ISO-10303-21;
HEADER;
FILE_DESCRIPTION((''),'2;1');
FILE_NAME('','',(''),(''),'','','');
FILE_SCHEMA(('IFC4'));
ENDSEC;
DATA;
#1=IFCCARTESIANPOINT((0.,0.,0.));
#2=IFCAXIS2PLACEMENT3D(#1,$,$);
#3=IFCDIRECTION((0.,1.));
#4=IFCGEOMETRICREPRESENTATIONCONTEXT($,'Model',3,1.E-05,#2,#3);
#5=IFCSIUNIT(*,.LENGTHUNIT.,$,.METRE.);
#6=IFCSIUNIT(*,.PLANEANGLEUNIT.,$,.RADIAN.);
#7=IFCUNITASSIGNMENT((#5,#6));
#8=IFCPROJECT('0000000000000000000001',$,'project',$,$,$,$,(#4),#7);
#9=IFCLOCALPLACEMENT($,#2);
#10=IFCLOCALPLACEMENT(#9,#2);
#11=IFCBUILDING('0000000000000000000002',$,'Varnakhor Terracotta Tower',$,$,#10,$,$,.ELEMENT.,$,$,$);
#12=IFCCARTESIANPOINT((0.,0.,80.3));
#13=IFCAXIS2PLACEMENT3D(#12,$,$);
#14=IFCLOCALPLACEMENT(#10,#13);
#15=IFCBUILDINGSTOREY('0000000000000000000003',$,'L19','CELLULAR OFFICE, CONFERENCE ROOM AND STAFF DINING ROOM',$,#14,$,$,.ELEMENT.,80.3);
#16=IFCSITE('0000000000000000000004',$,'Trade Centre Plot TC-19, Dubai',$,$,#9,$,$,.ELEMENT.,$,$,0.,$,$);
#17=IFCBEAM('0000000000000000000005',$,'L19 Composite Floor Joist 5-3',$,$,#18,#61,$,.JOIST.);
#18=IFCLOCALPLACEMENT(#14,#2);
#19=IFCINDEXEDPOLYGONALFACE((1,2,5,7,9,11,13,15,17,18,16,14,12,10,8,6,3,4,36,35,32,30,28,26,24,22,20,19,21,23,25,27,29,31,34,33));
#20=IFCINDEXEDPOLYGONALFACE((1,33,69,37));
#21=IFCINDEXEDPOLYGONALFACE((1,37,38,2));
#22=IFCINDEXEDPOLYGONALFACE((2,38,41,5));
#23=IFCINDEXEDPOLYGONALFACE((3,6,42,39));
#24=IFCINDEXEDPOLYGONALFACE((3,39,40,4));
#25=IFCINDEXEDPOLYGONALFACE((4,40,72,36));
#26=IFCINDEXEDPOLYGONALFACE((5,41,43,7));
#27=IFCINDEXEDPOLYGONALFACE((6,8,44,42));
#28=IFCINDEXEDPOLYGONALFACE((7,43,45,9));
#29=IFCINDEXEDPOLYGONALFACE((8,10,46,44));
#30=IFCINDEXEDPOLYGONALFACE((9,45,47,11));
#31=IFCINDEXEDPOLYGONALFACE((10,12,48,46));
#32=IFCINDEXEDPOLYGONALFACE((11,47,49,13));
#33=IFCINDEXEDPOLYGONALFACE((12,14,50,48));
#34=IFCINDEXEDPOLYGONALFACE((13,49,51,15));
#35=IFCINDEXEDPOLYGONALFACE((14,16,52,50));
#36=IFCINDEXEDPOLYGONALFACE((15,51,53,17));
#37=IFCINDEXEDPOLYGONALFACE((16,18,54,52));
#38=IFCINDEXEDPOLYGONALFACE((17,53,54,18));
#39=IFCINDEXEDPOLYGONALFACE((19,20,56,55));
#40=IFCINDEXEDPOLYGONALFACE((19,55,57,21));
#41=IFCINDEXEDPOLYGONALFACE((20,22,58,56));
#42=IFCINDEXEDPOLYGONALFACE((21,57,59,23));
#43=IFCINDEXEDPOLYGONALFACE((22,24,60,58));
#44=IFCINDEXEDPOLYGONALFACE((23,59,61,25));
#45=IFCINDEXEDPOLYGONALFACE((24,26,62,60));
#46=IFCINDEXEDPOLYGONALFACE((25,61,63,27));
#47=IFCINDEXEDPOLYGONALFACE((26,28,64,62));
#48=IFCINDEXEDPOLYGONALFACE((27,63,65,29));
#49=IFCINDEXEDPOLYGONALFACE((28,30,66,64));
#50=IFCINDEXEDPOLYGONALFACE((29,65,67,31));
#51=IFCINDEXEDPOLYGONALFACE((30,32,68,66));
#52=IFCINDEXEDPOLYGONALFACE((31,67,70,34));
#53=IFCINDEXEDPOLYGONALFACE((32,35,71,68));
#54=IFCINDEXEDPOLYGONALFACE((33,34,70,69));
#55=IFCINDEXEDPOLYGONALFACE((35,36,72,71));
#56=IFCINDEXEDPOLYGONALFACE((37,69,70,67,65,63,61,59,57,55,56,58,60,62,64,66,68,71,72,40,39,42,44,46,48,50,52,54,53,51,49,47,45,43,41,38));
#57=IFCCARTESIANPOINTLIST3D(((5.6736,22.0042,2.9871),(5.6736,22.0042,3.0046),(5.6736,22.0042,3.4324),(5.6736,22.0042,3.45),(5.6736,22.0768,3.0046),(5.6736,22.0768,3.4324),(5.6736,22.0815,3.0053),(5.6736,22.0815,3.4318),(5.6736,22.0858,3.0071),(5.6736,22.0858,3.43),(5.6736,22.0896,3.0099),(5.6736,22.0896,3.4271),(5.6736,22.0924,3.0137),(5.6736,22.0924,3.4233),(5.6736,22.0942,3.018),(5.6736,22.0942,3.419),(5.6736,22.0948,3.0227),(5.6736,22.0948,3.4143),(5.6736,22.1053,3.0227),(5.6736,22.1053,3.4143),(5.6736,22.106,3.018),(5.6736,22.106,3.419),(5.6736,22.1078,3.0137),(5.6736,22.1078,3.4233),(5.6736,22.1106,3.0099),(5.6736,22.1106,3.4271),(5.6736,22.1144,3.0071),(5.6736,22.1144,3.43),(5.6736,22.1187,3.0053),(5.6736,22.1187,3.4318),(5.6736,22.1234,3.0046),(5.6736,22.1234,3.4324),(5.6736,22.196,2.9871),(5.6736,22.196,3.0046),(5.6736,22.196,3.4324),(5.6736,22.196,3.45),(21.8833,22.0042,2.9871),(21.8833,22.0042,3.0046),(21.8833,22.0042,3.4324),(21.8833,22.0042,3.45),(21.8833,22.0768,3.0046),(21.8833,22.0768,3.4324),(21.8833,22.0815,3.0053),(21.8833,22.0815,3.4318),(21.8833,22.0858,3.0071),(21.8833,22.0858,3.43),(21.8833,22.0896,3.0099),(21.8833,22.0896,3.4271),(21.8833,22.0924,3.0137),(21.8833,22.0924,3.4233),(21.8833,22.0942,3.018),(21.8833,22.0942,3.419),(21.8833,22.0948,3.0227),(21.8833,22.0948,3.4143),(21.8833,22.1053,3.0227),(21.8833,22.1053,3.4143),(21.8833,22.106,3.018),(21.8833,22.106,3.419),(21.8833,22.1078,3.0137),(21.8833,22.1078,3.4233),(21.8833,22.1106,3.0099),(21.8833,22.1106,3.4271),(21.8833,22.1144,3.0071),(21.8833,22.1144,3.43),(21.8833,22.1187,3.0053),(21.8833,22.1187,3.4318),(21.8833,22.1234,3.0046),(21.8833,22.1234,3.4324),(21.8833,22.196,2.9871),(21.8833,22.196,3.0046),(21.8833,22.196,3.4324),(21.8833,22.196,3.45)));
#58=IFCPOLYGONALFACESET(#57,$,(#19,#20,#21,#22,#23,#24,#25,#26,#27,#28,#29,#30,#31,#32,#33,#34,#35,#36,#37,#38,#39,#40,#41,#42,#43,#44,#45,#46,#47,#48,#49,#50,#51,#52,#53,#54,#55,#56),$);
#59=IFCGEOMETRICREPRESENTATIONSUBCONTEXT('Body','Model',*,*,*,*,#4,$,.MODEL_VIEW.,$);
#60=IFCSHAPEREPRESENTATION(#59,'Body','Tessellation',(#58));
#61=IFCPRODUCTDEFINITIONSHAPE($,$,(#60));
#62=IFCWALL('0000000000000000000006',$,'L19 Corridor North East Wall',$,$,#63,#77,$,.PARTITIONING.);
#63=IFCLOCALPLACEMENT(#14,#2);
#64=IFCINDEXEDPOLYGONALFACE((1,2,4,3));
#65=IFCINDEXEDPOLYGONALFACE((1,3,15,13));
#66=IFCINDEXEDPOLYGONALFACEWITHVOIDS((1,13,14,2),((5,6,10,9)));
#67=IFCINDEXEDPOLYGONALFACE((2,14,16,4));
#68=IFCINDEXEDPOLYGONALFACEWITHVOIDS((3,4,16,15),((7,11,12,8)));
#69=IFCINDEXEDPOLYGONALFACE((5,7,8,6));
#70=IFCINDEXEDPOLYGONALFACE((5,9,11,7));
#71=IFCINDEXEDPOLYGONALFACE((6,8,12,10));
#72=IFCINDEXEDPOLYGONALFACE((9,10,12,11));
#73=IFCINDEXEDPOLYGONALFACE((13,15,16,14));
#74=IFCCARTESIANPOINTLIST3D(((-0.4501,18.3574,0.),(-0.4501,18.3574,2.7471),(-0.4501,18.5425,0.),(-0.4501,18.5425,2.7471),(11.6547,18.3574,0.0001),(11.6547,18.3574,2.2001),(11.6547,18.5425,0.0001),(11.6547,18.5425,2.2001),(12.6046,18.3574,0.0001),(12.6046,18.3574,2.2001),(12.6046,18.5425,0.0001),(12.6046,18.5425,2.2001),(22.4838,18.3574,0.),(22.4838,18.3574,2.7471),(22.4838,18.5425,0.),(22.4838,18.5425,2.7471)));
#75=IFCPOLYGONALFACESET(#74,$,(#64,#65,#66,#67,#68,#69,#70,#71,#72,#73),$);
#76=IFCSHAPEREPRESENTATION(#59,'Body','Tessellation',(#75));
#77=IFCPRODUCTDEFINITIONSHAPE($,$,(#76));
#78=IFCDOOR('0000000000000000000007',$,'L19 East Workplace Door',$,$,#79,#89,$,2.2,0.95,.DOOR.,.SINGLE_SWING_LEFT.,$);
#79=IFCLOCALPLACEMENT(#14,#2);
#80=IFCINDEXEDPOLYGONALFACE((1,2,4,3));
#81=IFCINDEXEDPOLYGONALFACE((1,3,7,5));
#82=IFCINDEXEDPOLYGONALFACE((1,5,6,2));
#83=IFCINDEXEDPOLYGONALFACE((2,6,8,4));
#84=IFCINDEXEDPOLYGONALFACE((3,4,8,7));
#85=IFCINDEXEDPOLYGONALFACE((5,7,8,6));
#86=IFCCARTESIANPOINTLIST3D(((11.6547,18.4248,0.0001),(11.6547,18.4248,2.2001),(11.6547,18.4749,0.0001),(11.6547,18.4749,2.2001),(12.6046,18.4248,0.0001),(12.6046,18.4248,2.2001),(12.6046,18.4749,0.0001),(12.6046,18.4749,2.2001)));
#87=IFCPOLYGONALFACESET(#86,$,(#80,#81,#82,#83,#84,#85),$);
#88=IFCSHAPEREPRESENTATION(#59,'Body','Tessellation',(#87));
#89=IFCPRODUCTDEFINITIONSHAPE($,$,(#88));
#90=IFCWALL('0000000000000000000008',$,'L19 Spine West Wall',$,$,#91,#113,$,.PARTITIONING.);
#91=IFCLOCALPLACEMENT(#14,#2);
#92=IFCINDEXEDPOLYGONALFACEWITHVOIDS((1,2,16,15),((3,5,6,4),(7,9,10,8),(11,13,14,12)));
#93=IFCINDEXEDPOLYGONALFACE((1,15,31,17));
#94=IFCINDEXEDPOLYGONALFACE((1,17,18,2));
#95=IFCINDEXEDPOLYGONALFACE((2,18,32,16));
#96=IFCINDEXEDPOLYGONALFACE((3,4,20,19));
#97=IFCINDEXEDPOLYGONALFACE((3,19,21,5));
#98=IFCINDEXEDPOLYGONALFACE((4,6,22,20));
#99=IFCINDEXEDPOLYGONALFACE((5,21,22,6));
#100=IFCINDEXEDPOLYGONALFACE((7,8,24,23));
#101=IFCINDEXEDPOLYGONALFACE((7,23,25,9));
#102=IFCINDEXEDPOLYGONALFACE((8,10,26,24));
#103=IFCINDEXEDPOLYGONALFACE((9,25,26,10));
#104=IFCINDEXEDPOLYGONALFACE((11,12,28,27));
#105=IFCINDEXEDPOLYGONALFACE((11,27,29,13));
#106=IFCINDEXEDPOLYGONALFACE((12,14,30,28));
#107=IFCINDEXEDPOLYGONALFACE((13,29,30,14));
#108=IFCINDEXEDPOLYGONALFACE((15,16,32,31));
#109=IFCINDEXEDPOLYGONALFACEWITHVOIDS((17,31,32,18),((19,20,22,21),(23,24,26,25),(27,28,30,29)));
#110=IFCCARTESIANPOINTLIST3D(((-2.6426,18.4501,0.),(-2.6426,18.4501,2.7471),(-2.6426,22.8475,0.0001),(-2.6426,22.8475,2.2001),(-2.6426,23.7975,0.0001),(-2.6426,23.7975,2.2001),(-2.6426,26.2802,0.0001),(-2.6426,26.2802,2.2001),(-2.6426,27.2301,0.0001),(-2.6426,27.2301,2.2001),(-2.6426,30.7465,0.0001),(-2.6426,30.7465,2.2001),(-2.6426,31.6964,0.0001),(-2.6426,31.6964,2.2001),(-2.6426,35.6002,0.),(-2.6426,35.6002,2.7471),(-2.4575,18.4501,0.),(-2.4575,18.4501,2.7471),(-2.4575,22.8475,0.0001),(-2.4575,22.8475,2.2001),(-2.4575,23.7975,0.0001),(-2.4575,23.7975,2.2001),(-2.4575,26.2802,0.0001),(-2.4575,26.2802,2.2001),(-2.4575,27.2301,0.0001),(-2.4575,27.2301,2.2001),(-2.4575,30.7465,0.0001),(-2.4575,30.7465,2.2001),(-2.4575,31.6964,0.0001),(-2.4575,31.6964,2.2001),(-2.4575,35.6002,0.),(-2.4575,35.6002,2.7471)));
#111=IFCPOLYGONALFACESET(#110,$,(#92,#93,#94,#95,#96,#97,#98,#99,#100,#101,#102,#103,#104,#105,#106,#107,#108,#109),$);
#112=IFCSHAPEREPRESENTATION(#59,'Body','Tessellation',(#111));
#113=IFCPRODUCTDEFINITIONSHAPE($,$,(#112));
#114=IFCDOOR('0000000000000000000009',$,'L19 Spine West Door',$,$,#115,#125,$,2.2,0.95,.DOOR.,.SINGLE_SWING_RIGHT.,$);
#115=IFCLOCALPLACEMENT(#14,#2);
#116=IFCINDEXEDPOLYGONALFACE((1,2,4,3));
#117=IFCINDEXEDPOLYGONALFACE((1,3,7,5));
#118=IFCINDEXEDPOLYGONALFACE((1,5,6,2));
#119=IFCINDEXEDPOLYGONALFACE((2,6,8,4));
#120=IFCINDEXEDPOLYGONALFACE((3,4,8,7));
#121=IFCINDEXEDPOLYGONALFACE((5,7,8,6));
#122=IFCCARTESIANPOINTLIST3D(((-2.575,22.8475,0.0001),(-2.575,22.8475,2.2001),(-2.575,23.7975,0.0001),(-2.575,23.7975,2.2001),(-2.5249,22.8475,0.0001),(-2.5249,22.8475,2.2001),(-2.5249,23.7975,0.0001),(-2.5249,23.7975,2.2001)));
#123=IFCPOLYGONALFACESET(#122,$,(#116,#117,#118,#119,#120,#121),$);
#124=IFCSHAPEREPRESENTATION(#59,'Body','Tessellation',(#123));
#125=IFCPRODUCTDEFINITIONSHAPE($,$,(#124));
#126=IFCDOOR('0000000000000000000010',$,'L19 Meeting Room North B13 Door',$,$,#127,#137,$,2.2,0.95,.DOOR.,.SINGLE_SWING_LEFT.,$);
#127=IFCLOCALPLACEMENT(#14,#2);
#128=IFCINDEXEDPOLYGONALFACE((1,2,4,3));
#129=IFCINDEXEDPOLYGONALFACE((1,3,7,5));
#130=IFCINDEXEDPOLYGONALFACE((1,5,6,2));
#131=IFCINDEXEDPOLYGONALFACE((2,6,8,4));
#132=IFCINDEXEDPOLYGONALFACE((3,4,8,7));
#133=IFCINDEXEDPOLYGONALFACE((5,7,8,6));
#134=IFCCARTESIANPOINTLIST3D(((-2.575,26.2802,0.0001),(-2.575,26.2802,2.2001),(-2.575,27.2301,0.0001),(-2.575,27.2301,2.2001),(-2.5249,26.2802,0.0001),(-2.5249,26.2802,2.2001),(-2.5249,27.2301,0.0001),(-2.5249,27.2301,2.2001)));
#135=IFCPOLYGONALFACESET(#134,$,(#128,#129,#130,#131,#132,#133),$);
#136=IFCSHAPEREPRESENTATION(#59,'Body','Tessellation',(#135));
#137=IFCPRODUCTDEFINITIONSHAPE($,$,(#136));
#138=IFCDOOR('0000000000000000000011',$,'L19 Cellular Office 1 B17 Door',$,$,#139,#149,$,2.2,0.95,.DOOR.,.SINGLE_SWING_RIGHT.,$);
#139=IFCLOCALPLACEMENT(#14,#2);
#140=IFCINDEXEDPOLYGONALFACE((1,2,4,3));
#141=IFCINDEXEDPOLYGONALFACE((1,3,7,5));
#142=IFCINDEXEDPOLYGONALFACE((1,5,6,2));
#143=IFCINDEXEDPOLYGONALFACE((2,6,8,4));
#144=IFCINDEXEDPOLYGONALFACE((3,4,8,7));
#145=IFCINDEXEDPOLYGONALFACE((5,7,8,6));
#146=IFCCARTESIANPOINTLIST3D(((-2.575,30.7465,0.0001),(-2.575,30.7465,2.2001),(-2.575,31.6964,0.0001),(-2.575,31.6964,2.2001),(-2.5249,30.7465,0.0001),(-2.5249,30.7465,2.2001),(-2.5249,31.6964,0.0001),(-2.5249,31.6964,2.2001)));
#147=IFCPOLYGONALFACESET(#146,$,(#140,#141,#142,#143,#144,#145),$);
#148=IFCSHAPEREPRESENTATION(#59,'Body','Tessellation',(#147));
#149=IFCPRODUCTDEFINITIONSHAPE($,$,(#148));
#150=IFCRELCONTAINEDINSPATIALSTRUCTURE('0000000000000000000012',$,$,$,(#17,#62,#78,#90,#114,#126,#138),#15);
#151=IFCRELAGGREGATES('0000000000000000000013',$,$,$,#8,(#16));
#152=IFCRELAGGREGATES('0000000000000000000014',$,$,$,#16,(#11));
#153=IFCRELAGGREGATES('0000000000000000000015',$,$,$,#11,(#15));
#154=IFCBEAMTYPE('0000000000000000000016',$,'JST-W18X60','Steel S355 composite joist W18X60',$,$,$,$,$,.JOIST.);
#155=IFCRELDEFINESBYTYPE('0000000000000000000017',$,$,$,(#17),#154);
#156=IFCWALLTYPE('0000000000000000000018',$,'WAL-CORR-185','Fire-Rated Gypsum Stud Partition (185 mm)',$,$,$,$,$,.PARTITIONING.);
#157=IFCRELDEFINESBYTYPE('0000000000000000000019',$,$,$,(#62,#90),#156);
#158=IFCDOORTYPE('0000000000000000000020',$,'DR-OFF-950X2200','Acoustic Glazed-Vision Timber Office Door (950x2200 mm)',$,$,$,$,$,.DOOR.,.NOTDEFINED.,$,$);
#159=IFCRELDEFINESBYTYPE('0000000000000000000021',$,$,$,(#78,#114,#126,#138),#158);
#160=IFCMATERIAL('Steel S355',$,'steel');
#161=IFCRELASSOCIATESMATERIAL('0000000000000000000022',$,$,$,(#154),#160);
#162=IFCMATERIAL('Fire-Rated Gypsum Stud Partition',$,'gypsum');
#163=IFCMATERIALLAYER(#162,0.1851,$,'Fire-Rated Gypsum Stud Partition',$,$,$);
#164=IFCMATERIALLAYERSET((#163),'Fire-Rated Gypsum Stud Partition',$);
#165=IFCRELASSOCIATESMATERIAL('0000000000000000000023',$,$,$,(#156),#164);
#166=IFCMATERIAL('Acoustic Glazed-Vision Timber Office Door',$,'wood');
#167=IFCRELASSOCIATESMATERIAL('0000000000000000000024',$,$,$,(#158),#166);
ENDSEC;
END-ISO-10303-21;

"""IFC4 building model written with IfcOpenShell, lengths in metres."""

from ifc_helpers import new_model, si_unit, direction, frame, frame_2d, origin, origin_2d, place, context, subcontext, project, spatial, rectangle, i_section, extrude, source, transform, mapped, material, layer, layer_set, material_profile, profile_set, type_object, type_shapes, element, fill, save


model = new_model("IFC4")

# Units and contexts
model_context = context("Model", 3, precision=1e-05, world=origin(), true_north=direction((0.0, 1.0)))
body_context = subcontext(model_context, "Body", "Model", "MODEL_VIEW")
ifc_project = project(units=[si_unit("LENGTHUNIT", "METRE"), si_unit("PLANEANGLEUNIT", "RADIAN")], contexts=[model_context])

# Site, building, storey
site_placement = place(None, origin())
site = spatial("IfcSite", under=ifc_project, at=site_placement, Name="Trade Centre Plot TC-19, Dubai", CompositionType="ELEMENT", RefElevation=0.0)
building_placement = place(site_placement, origin())
building = spatial("IfcBuilding", under=site, at=building_placement, Name="Varnakhor Terracotta Tower", CompositionType="ELEMENT")
storey_placement = place(building_placement, frame((0.0, 0.0, 80.3)))
storey = spatial("IfcBuildingStorey", under=building, at=storey_placement, Name="L19", Description="CELLULAR OFFICE, CONFERENCE ROOM AND STAFF DINING ROOM", CompositionType="ELEMENT", Elevation=80.3)

# Beam
ifc_material_1 = material(Name="Steel S355", Category="steel")
ifc_material_profile_1 = material_profile(ifc_material_1, i_section(OverallWidth=0.1919, OverallDepth=0.4629, WebThickness=0.0105, FlangeThickness=0.0176, FilletRadius=0.0181, at=origin_2d()), Name="W18X60")
ifc_profile_set_1 = profile_set([ifc_material_profile_1], Name="Steel S355")
beam_type_1 = type_object("IfcBeamType", Name="JST-W18X60", Description="Steel S355 composite joist W18X60", PredefinedType="JOIST", material=ifc_profile_set_1)
shared_shape_1 = source(origin(), body_context, "Body", "SweptSolid", [
    extrude(i_section(OverallWidth=0.1919, OverallDepth=0.4629, WebThickness=0.0105, FlangeThickness=0.0176, FilletRadius=0.0181, at=origin_2d()), origin(), (0.0, 0.0, 1.0), 16.2097),
])
beam_1_placement = place(storey_placement, frame((5.6736, 22.1001, 3.2185), z_axis=(1.0, 0.0, 0.0), x_axis=(0.0, 1.0, 0.0)))
element("IfcBeam", 1, at=beam_1_placement, inside=storey, type_object=beam_type_1, Name="L19 Composite Floor Joist 5-3", PredefinedType="JOIST", context=body_context, shape_type="MappedRepresentation", body=[
    mapped(shared_shape_1, transform((0.0, 0.0, 0.0), scale=1.0)),
])

# Wall, opening, door
ifc_material_2 = material(Name="Fire-Rated Gypsum Stud Partition", Category="gypsum")
ifc_layer_1 = layer(ifc_material_2, 0.1851, Name="Fire-Rated Gypsum Stud Partition")
ifc_layer_set_1 = layer_set([ifc_layer_1], Name="Fire-Rated Gypsum Stud Partition")
wall_type_1 = type_object("IfcWallType", Name="WAL-CORR-185", Description="Fire-Rated Gypsum Stud Partition (185 mm)", PredefinedType="PARTITIONING", material=ifc_layer_set_1)
wall_1_placement = place(storey_placement, frame((-0.45, 18.45, 0.0), z_axis=(0.0, 0.0, 1.0), x_axis=(1.0, 0.0, 0.0)))
wall_1 = element("IfcWall", 2, at=wall_1_placement, inside=storey, type_object=wall_type_1, Name="L19 Corridor North East Wall", PredefinedType="PARTITIONING", context=body_context, shape_type="SweptSolid", body=[
    extrude(rectangle(XDim=22.9338, YDim=0.1851, at=frame_2d((11.4668, 0.0))), origin(), (0.0, 0.0, 1.0), 2.7471),
])
opening_1_placement = place(wall_1_placement, frame((12.1045, 0.0, 0.0)))
opening_1 = element("IfcOpeningElement", 3, at=opening_1_placement, cuts=wall_1, PredefinedType="OPENING", context=body_context, shape_type="SweptSolid", body=[
    extrude(rectangle(XDim=0.95, YDim=2.2, at=frame_2d((0.4751, 1.1001))), frame((0.0, 0.1025, 0.0), z_axis=(0.0, -1.0, 0.0), x_axis=(1.0, 0.0, 0.0)), (0.0, 0.0, 1.0), 0.2051),
])
ifc_material_3 = material(Name="Acoustic Glazed-Vision Timber Office Door", Category="wood")
door_type_1 = type_object("IfcDoorType", Name="DR-OFF-950X2200", Description="Acoustic Glazed-Vision Timber Office Door (950x2200 mm)", OperationType="NOTDEFINED", PredefinedType="DOOR", material=ifc_material_3)
shared_shape_2 = source(origin(), body_context, "Body", "SweptSolid", [
    extrude(rectangle(XDim=0.95, YDim=2.2, at=frame_2d((0.4751, 1.1001))), frame((0.0, 0.0249, 0.0), z_axis=(0.0, -1.0, 0.0), x_axis=(1.0, 0.0, 0.0)), (0.0, 0.0, 1.0), 0.05),
])
type_shapes(door_type_1, [shared_shape_2])
door_1_placement = place(opening_1_placement, origin())
door_1 = element("IfcDoor", 4, at=door_1_placement, inside=storey, type_object=door_type_1, Name="L19 East Workplace Door", OperationType="SINGLE_SWING_LEFT", OverallHeight=2.2, OverallWidth=0.95, PredefinedType="DOOR", context=body_context, shape_type="MappedRepresentation", body=[
    mapped(shared_shape_2, transform((0.0, 0.0, 0.0), scale=1.0)),
])
fill(opening_1, door_1)

# Wall, openings, doors
wall_2_placement = place(storey_placement, frame((-2.55, 18.45, 0.0), z_axis=(0.0, 0.0, 1.0), x_axis=(0.0, 1.0, 0.0)))
wall_2 = element("IfcWall", 5, at=wall_2_placement, inside=storey, type_object=wall_type_1, Name="L19 Spine West Wall", PredefinedType="PARTITIONING", context=body_context, shape_type="SweptSolid", body=[
    extrude(rectangle(XDim=17.1501, YDim=0.1851, at=frame_2d((8.5752, 0.0))), origin(), (0.0, 0.0, 1.0), 2.7471),
])
opening_2_placement = place(wall_2_placement, frame((4.3975, 0.0, 0.0)))
opening_2 = element("IfcOpeningElement", 6, at=opening_2_placement, cuts=wall_2, PredefinedType="OPENING", context=body_context, shape_type="SweptSolid", body=[
    extrude(rectangle(XDim=0.95, YDim=2.2, at=frame_2d((0.4751, 1.1001))), frame((0.0, 0.1025, 0.0), z_axis=(0.0, -1.0, 0.0), x_axis=(1.0, 0.0, 0.0)), (0.0, 0.0, 1.0), 0.2051),
])
opening_3_placement = place(wall_2_placement, frame((7.8301, 0.0, 0.0)))
opening_3 = element("IfcOpeningElement", 7, at=opening_3_placement, cuts=wall_2, PredefinedType="OPENING", context=body_context, shape_type="SweptSolid", body=[
    extrude(rectangle(XDim=0.95, YDim=2.2, at=frame_2d((0.4751, 1.1001))), frame((0.0, 0.1025, 0.0), z_axis=(0.0, -1.0, 0.0), x_axis=(1.0, 0.0, 0.0)), (0.0, 0.0, 1.0), 0.2051),
])
opening_4_placement = place(wall_2_placement, frame((12.2964, 0.0, 0.0)))
opening_4 = element("IfcOpeningElement", 8, at=opening_4_placement, cuts=wall_2, PredefinedType="OPENING", context=body_context, shape_type="SweptSolid", body=[
    extrude(rectangle(XDim=0.95, YDim=2.2, at=frame_2d((0.4751, 1.1001))), frame((0.0, 0.1025, 0.0), z_axis=(0.0, -1.0, 0.0), x_axis=(1.0, 0.0, 0.0)), (0.0, 0.0, 1.0), 0.2051),
])
door_2_placement = place(opening_2_placement, origin())
door_2 = element("IfcDoor", 9, at=door_2_placement, inside=storey, type_object=door_type_1, Name="L19 Spine West Door", OperationType="SINGLE_SWING_RIGHT", OverallHeight=2.2, OverallWidth=0.95, PredefinedType="DOOR", context=body_context, shape_type="MappedRepresentation", body=[
    mapped(shared_shape_2, transform((0.0, 0.0, 0.0), scale=1.0)),
])
fill(opening_2, door_2)
door_3_placement = place(opening_3_placement, origin())
door_3 = element("IfcDoor", 10, at=door_3_placement, inside=storey, type_object=door_type_1, Name="L19 Meeting Room North B13 Door", OperationType="SINGLE_SWING_LEFT", OverallHeight=2.2, OverallWidth=0.95, PredefinedType="DOOR", context=body_context, shape_type="MappedRepresentation", body=[
    mapped(shared_shape_2, transform((0.0, 0.0, 0.0), scale=1.0)),
])
fill(opening_3, door_3)
door_4_placement = place(opening_4_placement, origin())
door_4 = element("IfcDoor", 11, at=door_4_placement, inside=storey, type_object=door_type_1, Name="L19 Cellular Office 1 B17 Door", OperationType="SINGLE_SWING_RIGHT", OverallHeight=2.2, OverallWidth=0.95, PredefinedType="DOOR", context=body_context, shape_type="MappedRepresentation", body=[
    mapped(shared_shape_2, transform((0.0, 0.0, 0.0), scale=1.0)),
])
fill(opening_4, door_4)

save(model, "model.ifc")
